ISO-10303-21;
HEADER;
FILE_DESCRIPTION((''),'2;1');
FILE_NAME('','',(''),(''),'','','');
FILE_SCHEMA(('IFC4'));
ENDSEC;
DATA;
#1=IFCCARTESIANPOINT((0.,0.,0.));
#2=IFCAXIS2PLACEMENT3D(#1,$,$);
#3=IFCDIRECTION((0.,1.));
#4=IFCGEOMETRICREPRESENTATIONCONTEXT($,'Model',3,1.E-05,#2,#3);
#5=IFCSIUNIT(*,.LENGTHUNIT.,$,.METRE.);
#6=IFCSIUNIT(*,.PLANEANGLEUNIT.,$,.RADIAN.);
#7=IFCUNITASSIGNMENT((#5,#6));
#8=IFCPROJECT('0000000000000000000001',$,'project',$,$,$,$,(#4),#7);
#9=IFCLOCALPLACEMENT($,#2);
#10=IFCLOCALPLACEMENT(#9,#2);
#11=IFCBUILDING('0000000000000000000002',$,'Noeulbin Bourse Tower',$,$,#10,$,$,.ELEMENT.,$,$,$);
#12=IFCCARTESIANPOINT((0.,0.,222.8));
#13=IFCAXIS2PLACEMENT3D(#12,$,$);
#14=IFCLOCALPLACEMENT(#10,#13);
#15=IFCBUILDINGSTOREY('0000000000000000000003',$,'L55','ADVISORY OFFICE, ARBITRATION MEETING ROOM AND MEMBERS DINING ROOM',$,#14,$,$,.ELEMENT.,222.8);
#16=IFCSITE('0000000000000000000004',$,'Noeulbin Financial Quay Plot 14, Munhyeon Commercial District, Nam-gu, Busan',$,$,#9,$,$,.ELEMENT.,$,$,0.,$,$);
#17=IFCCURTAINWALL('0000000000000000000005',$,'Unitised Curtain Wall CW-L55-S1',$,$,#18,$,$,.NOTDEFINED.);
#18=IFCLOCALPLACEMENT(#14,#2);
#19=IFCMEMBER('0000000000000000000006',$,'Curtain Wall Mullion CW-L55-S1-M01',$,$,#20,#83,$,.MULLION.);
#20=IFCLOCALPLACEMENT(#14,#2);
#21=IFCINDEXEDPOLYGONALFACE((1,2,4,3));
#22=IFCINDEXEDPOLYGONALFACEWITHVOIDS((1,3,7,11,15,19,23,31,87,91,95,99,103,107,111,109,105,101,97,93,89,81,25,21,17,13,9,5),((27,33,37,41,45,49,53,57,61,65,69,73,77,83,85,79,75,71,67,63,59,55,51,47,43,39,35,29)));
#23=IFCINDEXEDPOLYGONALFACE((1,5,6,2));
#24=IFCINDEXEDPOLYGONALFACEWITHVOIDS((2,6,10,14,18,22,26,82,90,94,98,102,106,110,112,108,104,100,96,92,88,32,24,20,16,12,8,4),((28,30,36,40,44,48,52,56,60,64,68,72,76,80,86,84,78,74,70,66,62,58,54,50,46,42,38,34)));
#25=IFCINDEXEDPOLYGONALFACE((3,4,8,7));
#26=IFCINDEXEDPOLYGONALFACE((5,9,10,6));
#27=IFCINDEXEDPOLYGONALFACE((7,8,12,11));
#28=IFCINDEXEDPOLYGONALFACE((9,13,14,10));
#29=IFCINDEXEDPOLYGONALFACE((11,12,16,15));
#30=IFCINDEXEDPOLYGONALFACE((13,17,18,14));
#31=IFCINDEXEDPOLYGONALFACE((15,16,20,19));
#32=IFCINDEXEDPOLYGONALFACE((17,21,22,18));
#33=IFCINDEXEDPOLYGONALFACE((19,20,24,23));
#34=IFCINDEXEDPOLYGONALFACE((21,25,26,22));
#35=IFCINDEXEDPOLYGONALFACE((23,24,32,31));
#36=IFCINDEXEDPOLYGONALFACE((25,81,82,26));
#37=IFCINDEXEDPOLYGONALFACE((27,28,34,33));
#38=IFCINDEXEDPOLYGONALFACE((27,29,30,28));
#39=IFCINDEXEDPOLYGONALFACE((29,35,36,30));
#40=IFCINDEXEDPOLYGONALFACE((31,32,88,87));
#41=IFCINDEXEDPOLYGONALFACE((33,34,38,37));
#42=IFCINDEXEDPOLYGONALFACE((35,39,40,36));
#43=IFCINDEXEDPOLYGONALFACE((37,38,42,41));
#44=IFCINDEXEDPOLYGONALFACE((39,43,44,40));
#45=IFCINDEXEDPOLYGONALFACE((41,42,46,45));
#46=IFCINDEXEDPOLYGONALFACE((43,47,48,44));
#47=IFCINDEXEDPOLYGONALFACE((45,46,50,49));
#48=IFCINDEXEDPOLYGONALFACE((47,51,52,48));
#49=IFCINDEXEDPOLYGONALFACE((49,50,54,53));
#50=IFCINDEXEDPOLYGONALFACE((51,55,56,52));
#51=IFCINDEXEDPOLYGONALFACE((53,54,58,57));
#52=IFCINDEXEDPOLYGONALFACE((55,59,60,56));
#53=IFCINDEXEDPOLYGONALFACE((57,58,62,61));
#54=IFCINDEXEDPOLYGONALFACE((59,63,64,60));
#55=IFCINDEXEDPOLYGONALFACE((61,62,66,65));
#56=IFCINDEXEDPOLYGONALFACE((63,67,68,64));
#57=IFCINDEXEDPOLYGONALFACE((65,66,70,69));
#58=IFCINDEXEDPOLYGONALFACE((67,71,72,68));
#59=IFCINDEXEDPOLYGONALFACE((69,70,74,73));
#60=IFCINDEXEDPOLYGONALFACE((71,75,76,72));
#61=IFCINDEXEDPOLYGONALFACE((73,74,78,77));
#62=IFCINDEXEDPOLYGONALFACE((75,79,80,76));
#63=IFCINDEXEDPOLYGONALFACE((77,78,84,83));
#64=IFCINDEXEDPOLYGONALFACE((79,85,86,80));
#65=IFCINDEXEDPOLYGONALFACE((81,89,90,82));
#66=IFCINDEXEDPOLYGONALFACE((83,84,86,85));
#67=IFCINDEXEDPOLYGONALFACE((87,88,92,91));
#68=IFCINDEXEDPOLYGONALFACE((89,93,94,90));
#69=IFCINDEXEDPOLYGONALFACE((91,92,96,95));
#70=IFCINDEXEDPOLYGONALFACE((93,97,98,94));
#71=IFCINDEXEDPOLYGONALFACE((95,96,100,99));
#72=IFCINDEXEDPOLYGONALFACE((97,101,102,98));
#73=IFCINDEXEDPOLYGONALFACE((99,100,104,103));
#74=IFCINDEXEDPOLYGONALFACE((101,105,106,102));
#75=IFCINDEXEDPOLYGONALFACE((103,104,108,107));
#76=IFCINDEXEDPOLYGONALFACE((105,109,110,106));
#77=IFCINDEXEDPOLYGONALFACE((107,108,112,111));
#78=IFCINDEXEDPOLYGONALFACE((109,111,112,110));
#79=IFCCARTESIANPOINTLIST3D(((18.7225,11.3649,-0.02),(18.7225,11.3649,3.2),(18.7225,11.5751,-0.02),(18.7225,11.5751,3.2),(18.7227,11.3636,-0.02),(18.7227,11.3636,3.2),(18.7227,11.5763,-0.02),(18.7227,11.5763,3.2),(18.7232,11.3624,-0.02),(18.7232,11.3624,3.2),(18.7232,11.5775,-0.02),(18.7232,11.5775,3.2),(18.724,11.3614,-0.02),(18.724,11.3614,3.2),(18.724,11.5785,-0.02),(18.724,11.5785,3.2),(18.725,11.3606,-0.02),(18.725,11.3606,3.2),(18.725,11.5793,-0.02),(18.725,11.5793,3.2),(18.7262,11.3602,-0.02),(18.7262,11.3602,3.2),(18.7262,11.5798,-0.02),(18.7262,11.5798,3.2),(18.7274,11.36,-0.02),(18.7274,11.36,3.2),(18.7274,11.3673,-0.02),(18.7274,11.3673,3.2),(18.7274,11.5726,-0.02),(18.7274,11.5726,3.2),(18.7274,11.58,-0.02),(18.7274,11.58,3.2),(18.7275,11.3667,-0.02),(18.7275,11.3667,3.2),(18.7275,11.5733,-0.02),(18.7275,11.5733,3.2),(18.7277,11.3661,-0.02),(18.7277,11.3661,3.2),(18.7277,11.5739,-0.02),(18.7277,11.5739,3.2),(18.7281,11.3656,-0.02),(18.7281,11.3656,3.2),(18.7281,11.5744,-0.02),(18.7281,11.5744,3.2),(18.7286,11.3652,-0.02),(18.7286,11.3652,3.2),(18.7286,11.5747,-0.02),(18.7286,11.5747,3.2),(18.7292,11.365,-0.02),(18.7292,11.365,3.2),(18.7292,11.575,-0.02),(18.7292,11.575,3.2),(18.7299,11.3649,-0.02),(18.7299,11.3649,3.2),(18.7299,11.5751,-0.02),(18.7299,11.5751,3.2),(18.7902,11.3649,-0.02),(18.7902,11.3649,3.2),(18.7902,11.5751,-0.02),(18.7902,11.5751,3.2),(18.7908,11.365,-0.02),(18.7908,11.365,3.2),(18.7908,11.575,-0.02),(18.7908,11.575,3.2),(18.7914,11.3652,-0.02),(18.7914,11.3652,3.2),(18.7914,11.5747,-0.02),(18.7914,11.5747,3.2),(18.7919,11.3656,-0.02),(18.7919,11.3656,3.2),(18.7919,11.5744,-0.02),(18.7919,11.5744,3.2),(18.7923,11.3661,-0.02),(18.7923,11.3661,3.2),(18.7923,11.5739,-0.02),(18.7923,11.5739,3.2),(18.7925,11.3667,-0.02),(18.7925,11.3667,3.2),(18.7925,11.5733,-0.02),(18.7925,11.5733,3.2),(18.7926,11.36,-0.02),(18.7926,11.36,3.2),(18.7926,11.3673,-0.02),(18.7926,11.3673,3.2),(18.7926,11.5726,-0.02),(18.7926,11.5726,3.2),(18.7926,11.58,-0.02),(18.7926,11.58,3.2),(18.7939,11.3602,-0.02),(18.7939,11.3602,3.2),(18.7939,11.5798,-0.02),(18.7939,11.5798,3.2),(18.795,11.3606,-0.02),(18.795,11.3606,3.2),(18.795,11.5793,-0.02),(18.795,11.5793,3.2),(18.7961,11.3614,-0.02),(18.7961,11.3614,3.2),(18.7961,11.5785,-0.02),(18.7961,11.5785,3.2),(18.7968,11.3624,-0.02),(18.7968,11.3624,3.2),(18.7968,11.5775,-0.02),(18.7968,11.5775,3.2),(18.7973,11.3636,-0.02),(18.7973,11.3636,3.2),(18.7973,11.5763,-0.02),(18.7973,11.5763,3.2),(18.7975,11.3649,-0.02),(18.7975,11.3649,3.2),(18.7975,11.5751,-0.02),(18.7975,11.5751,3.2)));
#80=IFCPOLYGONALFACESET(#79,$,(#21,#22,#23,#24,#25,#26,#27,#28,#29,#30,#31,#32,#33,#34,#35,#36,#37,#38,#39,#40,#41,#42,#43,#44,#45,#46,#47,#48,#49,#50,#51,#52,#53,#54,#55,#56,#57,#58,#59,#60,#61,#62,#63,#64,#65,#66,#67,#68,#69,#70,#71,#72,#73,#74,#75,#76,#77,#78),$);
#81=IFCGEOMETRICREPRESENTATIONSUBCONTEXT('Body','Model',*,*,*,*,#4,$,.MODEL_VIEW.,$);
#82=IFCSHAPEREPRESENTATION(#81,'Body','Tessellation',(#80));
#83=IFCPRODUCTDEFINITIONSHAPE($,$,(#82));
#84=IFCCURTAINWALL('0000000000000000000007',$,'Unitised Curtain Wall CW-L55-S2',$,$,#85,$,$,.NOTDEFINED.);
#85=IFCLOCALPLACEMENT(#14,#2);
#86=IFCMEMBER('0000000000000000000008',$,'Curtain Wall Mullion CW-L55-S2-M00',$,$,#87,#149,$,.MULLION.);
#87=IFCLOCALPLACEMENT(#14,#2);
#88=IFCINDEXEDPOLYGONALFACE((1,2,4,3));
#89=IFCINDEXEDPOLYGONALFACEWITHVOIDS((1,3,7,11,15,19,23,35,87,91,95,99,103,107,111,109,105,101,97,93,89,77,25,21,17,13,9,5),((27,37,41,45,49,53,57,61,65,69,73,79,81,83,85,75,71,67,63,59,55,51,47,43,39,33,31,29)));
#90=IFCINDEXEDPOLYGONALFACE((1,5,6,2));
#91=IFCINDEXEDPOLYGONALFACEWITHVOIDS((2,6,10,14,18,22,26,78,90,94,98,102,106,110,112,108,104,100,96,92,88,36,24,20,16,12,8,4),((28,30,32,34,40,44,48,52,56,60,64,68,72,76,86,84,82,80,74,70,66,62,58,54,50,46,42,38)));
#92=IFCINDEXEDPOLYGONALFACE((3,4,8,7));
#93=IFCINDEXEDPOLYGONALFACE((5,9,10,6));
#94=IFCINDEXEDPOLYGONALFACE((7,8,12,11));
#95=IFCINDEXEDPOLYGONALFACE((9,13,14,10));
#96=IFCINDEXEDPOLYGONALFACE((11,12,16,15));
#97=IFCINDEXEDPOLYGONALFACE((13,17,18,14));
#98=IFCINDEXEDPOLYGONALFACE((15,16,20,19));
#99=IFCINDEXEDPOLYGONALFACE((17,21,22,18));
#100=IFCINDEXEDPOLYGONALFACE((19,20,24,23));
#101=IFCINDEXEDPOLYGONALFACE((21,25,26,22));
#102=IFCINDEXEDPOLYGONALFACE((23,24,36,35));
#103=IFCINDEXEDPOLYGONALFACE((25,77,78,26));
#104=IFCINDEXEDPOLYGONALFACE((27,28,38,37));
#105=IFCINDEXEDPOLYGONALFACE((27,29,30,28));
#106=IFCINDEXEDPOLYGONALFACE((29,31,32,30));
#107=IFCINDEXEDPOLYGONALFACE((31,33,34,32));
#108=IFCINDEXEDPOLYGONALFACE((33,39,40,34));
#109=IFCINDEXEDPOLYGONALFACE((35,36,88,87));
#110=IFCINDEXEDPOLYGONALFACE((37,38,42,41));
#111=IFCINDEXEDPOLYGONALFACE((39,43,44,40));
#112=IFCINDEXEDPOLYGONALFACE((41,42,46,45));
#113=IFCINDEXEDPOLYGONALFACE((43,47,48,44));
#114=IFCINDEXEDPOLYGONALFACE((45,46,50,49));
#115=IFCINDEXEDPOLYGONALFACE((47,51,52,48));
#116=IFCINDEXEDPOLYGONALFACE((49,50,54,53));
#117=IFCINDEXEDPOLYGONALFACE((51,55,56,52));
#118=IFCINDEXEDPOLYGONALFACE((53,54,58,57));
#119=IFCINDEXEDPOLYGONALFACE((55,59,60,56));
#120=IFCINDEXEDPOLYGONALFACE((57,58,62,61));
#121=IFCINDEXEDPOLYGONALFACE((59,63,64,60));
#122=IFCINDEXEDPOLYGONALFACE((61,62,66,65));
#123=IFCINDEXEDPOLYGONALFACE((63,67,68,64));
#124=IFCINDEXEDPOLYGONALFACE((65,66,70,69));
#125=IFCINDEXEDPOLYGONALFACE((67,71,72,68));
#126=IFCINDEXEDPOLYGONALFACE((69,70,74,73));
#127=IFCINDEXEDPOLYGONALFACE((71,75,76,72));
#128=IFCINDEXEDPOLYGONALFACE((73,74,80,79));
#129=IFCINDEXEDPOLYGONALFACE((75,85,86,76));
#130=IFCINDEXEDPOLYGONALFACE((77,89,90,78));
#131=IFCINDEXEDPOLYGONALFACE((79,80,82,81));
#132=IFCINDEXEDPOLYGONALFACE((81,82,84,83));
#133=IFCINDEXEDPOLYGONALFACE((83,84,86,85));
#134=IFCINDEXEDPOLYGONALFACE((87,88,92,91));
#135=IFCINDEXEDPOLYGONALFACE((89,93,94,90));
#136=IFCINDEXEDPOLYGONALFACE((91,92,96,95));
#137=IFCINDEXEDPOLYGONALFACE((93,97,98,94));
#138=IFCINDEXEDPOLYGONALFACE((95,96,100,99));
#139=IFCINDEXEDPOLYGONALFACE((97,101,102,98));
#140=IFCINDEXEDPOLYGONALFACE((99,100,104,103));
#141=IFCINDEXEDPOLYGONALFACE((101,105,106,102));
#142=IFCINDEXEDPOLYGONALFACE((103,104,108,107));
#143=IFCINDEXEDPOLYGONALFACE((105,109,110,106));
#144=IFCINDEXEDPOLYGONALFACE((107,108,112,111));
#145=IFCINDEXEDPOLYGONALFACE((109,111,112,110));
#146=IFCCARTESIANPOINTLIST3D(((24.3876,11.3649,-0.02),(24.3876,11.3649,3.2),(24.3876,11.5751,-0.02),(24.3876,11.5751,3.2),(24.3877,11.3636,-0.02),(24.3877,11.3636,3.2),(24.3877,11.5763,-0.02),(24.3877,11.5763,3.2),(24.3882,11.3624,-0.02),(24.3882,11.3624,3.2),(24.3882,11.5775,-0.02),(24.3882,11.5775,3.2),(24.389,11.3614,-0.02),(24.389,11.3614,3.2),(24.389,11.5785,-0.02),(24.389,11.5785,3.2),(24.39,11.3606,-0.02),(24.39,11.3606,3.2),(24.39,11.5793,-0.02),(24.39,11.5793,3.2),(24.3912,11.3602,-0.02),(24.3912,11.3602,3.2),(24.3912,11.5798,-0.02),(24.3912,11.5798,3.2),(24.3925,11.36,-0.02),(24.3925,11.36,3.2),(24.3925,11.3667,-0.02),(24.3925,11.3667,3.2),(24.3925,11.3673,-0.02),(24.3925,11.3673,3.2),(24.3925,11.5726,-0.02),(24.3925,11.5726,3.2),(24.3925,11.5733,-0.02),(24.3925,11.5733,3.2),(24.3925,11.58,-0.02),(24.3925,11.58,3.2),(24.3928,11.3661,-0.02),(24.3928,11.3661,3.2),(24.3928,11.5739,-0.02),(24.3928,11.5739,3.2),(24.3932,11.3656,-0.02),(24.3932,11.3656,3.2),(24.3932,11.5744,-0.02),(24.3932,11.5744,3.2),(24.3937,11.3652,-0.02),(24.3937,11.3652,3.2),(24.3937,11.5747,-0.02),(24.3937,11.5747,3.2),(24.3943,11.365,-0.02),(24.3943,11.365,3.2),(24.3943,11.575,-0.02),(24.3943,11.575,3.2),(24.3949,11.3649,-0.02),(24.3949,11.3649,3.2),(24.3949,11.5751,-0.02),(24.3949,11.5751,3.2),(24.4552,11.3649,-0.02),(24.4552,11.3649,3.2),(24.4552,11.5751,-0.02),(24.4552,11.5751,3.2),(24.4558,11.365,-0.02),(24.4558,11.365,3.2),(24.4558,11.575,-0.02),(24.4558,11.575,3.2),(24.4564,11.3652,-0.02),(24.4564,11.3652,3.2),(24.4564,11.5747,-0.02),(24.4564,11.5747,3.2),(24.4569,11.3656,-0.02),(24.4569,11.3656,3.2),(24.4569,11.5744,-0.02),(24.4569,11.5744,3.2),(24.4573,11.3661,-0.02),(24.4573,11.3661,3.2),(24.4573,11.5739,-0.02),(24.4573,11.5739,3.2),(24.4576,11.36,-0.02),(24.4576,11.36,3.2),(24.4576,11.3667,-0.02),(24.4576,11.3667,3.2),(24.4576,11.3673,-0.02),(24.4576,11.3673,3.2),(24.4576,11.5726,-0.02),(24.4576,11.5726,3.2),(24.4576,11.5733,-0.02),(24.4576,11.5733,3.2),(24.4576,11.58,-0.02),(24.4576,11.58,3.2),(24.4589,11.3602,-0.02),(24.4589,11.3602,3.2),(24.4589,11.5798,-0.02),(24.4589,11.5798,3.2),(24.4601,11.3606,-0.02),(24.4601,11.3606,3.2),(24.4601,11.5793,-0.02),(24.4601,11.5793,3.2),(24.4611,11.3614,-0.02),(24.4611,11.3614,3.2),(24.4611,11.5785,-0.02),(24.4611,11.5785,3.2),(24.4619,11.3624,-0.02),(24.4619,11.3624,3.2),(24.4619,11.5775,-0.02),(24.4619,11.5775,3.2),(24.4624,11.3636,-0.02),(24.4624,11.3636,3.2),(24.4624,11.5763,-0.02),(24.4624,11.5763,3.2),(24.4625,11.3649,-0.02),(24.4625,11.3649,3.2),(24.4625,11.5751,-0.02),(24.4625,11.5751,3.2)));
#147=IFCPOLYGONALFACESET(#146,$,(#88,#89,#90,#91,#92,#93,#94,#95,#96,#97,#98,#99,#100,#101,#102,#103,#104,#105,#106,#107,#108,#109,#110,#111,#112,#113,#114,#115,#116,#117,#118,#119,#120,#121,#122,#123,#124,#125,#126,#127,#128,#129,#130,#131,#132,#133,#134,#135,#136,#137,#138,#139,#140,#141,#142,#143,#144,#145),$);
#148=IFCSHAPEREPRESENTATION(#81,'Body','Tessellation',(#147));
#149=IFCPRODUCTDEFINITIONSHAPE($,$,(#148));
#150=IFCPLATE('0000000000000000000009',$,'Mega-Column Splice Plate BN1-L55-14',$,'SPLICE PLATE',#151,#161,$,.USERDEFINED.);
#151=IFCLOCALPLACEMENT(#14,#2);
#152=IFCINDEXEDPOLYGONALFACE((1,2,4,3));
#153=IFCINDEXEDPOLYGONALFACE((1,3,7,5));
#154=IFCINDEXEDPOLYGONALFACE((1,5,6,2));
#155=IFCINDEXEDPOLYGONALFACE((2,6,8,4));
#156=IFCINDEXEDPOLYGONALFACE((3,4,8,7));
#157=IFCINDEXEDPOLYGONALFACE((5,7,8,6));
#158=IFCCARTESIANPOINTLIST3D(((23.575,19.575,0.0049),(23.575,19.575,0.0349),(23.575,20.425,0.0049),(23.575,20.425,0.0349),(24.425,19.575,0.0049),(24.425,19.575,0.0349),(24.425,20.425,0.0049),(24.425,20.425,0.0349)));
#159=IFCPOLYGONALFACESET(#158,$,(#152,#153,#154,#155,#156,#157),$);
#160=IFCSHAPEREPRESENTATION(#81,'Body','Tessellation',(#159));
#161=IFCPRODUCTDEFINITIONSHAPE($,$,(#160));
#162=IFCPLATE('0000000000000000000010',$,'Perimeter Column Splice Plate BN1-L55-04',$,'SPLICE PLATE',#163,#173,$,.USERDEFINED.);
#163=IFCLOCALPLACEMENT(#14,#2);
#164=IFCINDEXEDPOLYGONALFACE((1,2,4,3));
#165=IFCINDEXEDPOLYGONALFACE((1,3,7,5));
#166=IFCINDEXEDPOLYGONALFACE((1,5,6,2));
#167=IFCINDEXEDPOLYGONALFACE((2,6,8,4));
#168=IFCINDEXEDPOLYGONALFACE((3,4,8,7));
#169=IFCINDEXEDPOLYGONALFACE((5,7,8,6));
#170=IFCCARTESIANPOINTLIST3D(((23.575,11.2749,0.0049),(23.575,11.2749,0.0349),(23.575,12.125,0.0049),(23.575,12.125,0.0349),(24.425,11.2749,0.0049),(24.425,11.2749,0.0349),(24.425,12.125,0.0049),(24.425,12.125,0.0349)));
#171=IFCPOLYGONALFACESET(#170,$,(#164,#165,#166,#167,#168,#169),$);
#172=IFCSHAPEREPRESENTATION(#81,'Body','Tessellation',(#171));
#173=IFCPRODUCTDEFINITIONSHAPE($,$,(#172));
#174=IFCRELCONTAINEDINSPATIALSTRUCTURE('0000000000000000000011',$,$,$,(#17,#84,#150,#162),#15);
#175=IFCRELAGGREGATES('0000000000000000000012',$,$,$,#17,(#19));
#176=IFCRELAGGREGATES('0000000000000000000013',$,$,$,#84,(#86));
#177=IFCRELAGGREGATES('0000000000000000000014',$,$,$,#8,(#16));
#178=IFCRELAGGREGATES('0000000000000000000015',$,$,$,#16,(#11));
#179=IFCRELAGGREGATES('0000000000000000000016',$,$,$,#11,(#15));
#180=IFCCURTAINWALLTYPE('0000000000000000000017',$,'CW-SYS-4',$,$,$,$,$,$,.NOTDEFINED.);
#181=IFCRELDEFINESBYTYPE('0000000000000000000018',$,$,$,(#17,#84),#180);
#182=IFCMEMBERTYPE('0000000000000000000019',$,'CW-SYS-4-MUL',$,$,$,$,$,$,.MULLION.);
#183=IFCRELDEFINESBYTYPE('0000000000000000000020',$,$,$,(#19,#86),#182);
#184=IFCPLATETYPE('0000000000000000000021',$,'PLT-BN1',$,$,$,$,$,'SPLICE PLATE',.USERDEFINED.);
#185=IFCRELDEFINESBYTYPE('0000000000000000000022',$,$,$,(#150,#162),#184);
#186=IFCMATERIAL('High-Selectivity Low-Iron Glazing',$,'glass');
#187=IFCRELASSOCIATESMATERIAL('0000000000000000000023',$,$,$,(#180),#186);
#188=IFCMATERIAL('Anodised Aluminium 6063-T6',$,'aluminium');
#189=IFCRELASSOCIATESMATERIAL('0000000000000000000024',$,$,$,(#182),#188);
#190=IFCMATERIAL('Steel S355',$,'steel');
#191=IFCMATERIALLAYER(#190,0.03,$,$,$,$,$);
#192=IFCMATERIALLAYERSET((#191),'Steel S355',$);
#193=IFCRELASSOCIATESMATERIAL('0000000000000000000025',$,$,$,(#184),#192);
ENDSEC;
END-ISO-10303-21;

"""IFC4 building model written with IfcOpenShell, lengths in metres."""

from ifc_helpers import new_model, si_unit, direction, frame, origin, origin_2d, place, context, subcontext, project, spatial, rectangle, hollow_rectangle, extrude, material, layer, layer_set, material_profile, profile_set, type_object, element, aggregate, save


model = new_model("IFC4")

# Units and contexts
model_context = context("Model", 3, precision=1e-05, world=origin(), true_north=direction((0.0, 1.0)))
body_context = subcontext(model_context, "Body", "Model", "MODEL_VIEW")
ifc_project = project(units=[si_unit("LENGTHUNIT", "METRE"), si_unit("PLANEANGLEUNIT", "RADIAN")], contexts=[model_context])

# Site, building, storey
site_placement = place(None, origin())
site = spatial("IfcSite", under=ifc_project, at=site_placement, Name="Noeulbin Financial Quay Plot 14, Munhyeon Commercial District, Nam-gu, Busan", CompositionType="ELEMENT", RefElevation=0.0)
building_placement = place(site_placement, origin())
building = spatial("IfcBuilding", under=site, at=building_placement, Name="Noeulbin Bourse Tower", CompositionType="ELEMENT")
storey_placement = place(building_placement, frame((0.0, 0.0, 222.8)))
storey = spatial("IfcBuildingStorey", under=building, at=storey_placement, Name="L55", Description="ADVISORY OFFICE, ARBITRATION MEETING ROOM AND MEMBERS DINING ROOM", CompositionType="ELEMENT", Elevation=222.8)

# Shared definitions
ifc_material_1 = material(Name="Steel S355", Category="steel")

# Curtain walls, members
ifc_material_2 = material(Name="High-Selectivity Low-Iron Glazing", Category="glass")
curtain_wall_type = type_object("IfcCurtainWallType", Name="CW-SYS-4", PredefinedType="NOTDEFINED", material=ifc_material_2)
curtain_wall_1_placement = place(storey_placement, origin())
curtain_wall_1 = element("IfcCurtainWall", 1, at=curtain_wall_1_placement, inside=storey, type_object=curtain_wall_type, Name="Unitised Curtain Wall CW-L55-S1", PredefinedType="NOTDEFINED")
ifc_material_3 = material(Name="Anodised Aluminium 6063-T6", Category="aluminium")
ifc_material_profile_1 = material_profile(ifc_material_3, hollow_rectangle(XDim=0.075, YDim=0.22, WallThickness=0.0049, InnerFilletRadius=0.0024, OuterFilletRadius=0.0049, at=origin_2d()), Name="ALU-MULL-75x220x5", Category="LoadBearing")
ifc_profile_set_1 = profile_set([ifc_material_profile_1], Name="Anodised Aluminium 6063-T6")
member_type = type_object("IfcMemberType", Name="CW-SYS-4-MUL", PredefinedType="MULLION", material=ifc_profile_set_1)
member_1_placement = place(storey_placement, frame((18.76, 11.47, -0.02), z_axis=(0.0, 0.0, 1.0), x_axis=(1.0, 0.0, 0.0)))
member_1 = element("IfcMember", 2, at=member_1_placement, type_object=member_type, Name="Curtain Wall Mullion CW-L55-S1-M01", PredefinedType="MULLION", context=body_context, shape_type="SweptSolid", body=[
    extrude(hollow_rectangle(XDim=0.075, YDim=0.22, WallThickness=0.0049, InnerFilletRadius=0.0024, OuterFilletRadius=0.0049, at=origin_2d()), origin(), (0.0, 0.0, 1.0), 3.22),
])
aggregate(curtain_wall_1, [member_1])
curtain_wall_2_placement = place(storey_placement, origin())
curtain_wall_2 = element("IfcCurtainWall", 3, at=curtain_wall_2_placement, inside=storey, type_object=curtain_wall_type, Name="Unitised Curtain Wall CW-L55-S2", PredefinedType="NOTDEFINED")
member_2_placement = place(storey_placement, frame((24.425, 11.47, -0.02), z_axis=(0.0, 0.0, 1.0), x_axis=(1.0, 0.0, 0.0)))
member_2 = element("IfcMember", 4, at=member_2_placement, type_object=member_type, Name="Curtain Wall Mullion CW-L55-S2-M00", PredefinedType="MULLION", context=body_context, shape_type="SweptSolid", body=[
    extrude(hollow_rectangle(XDim=0.075, YDim=0.22, WallThickness=0.0049, InnerFilletRadius=0.0024, OuterFilletRadius=0.0049, at=origin_2d()), origin(), (0.0, 0.0, 1.0), 3.22),
])
aggregate(curtain_wall_2, [member_2])

# Plates
ifc_layer_1 = layer(ifc_material_1, 0.03)
ifc_layer_set_1 = layer_set([ifc_layer_1], Name="Steel S355")
plate_type = type_object("IfcPlateType", Name="PLT-BN1", ElementType="SPLICE PLATE", PredefinedType="USERDEFINED", material=ifc_layer_set_1)
for number, where, z_axis, x_axis, name in (
    (5, (24.0, 20.0, 0.0049), (0.0, 0.0, 1.0), (1.0, 0.0, 0.0), "Mega-Column Splice Plate BN1-L55-14"),
    (6, (24.0, 11.7, 0.0049), (0.0, 0.0, 1.0), (1.0, 0.0, 0.0), "Perimeter Column Splice Plate BN1-L55-04"),
):
    element("IfcPlate", number, at=place(storey_placement, frame(where, z_axis=z_axis, x_axis=x_axis)), inside=storey, type_object=plate_type, Name=name, ObjectType="SPLICE PLATE", PredefinedType="USERDEFINED", context=body_context, shape_type="SweptSolid", body=[
        extrude(rectangle(XDim=0.8501, YDim=0.8501, at=origin_2d()), origin(), (0.0, 0.0, 1.0), 0.03),
    ])

save(model, "model.ifc")
